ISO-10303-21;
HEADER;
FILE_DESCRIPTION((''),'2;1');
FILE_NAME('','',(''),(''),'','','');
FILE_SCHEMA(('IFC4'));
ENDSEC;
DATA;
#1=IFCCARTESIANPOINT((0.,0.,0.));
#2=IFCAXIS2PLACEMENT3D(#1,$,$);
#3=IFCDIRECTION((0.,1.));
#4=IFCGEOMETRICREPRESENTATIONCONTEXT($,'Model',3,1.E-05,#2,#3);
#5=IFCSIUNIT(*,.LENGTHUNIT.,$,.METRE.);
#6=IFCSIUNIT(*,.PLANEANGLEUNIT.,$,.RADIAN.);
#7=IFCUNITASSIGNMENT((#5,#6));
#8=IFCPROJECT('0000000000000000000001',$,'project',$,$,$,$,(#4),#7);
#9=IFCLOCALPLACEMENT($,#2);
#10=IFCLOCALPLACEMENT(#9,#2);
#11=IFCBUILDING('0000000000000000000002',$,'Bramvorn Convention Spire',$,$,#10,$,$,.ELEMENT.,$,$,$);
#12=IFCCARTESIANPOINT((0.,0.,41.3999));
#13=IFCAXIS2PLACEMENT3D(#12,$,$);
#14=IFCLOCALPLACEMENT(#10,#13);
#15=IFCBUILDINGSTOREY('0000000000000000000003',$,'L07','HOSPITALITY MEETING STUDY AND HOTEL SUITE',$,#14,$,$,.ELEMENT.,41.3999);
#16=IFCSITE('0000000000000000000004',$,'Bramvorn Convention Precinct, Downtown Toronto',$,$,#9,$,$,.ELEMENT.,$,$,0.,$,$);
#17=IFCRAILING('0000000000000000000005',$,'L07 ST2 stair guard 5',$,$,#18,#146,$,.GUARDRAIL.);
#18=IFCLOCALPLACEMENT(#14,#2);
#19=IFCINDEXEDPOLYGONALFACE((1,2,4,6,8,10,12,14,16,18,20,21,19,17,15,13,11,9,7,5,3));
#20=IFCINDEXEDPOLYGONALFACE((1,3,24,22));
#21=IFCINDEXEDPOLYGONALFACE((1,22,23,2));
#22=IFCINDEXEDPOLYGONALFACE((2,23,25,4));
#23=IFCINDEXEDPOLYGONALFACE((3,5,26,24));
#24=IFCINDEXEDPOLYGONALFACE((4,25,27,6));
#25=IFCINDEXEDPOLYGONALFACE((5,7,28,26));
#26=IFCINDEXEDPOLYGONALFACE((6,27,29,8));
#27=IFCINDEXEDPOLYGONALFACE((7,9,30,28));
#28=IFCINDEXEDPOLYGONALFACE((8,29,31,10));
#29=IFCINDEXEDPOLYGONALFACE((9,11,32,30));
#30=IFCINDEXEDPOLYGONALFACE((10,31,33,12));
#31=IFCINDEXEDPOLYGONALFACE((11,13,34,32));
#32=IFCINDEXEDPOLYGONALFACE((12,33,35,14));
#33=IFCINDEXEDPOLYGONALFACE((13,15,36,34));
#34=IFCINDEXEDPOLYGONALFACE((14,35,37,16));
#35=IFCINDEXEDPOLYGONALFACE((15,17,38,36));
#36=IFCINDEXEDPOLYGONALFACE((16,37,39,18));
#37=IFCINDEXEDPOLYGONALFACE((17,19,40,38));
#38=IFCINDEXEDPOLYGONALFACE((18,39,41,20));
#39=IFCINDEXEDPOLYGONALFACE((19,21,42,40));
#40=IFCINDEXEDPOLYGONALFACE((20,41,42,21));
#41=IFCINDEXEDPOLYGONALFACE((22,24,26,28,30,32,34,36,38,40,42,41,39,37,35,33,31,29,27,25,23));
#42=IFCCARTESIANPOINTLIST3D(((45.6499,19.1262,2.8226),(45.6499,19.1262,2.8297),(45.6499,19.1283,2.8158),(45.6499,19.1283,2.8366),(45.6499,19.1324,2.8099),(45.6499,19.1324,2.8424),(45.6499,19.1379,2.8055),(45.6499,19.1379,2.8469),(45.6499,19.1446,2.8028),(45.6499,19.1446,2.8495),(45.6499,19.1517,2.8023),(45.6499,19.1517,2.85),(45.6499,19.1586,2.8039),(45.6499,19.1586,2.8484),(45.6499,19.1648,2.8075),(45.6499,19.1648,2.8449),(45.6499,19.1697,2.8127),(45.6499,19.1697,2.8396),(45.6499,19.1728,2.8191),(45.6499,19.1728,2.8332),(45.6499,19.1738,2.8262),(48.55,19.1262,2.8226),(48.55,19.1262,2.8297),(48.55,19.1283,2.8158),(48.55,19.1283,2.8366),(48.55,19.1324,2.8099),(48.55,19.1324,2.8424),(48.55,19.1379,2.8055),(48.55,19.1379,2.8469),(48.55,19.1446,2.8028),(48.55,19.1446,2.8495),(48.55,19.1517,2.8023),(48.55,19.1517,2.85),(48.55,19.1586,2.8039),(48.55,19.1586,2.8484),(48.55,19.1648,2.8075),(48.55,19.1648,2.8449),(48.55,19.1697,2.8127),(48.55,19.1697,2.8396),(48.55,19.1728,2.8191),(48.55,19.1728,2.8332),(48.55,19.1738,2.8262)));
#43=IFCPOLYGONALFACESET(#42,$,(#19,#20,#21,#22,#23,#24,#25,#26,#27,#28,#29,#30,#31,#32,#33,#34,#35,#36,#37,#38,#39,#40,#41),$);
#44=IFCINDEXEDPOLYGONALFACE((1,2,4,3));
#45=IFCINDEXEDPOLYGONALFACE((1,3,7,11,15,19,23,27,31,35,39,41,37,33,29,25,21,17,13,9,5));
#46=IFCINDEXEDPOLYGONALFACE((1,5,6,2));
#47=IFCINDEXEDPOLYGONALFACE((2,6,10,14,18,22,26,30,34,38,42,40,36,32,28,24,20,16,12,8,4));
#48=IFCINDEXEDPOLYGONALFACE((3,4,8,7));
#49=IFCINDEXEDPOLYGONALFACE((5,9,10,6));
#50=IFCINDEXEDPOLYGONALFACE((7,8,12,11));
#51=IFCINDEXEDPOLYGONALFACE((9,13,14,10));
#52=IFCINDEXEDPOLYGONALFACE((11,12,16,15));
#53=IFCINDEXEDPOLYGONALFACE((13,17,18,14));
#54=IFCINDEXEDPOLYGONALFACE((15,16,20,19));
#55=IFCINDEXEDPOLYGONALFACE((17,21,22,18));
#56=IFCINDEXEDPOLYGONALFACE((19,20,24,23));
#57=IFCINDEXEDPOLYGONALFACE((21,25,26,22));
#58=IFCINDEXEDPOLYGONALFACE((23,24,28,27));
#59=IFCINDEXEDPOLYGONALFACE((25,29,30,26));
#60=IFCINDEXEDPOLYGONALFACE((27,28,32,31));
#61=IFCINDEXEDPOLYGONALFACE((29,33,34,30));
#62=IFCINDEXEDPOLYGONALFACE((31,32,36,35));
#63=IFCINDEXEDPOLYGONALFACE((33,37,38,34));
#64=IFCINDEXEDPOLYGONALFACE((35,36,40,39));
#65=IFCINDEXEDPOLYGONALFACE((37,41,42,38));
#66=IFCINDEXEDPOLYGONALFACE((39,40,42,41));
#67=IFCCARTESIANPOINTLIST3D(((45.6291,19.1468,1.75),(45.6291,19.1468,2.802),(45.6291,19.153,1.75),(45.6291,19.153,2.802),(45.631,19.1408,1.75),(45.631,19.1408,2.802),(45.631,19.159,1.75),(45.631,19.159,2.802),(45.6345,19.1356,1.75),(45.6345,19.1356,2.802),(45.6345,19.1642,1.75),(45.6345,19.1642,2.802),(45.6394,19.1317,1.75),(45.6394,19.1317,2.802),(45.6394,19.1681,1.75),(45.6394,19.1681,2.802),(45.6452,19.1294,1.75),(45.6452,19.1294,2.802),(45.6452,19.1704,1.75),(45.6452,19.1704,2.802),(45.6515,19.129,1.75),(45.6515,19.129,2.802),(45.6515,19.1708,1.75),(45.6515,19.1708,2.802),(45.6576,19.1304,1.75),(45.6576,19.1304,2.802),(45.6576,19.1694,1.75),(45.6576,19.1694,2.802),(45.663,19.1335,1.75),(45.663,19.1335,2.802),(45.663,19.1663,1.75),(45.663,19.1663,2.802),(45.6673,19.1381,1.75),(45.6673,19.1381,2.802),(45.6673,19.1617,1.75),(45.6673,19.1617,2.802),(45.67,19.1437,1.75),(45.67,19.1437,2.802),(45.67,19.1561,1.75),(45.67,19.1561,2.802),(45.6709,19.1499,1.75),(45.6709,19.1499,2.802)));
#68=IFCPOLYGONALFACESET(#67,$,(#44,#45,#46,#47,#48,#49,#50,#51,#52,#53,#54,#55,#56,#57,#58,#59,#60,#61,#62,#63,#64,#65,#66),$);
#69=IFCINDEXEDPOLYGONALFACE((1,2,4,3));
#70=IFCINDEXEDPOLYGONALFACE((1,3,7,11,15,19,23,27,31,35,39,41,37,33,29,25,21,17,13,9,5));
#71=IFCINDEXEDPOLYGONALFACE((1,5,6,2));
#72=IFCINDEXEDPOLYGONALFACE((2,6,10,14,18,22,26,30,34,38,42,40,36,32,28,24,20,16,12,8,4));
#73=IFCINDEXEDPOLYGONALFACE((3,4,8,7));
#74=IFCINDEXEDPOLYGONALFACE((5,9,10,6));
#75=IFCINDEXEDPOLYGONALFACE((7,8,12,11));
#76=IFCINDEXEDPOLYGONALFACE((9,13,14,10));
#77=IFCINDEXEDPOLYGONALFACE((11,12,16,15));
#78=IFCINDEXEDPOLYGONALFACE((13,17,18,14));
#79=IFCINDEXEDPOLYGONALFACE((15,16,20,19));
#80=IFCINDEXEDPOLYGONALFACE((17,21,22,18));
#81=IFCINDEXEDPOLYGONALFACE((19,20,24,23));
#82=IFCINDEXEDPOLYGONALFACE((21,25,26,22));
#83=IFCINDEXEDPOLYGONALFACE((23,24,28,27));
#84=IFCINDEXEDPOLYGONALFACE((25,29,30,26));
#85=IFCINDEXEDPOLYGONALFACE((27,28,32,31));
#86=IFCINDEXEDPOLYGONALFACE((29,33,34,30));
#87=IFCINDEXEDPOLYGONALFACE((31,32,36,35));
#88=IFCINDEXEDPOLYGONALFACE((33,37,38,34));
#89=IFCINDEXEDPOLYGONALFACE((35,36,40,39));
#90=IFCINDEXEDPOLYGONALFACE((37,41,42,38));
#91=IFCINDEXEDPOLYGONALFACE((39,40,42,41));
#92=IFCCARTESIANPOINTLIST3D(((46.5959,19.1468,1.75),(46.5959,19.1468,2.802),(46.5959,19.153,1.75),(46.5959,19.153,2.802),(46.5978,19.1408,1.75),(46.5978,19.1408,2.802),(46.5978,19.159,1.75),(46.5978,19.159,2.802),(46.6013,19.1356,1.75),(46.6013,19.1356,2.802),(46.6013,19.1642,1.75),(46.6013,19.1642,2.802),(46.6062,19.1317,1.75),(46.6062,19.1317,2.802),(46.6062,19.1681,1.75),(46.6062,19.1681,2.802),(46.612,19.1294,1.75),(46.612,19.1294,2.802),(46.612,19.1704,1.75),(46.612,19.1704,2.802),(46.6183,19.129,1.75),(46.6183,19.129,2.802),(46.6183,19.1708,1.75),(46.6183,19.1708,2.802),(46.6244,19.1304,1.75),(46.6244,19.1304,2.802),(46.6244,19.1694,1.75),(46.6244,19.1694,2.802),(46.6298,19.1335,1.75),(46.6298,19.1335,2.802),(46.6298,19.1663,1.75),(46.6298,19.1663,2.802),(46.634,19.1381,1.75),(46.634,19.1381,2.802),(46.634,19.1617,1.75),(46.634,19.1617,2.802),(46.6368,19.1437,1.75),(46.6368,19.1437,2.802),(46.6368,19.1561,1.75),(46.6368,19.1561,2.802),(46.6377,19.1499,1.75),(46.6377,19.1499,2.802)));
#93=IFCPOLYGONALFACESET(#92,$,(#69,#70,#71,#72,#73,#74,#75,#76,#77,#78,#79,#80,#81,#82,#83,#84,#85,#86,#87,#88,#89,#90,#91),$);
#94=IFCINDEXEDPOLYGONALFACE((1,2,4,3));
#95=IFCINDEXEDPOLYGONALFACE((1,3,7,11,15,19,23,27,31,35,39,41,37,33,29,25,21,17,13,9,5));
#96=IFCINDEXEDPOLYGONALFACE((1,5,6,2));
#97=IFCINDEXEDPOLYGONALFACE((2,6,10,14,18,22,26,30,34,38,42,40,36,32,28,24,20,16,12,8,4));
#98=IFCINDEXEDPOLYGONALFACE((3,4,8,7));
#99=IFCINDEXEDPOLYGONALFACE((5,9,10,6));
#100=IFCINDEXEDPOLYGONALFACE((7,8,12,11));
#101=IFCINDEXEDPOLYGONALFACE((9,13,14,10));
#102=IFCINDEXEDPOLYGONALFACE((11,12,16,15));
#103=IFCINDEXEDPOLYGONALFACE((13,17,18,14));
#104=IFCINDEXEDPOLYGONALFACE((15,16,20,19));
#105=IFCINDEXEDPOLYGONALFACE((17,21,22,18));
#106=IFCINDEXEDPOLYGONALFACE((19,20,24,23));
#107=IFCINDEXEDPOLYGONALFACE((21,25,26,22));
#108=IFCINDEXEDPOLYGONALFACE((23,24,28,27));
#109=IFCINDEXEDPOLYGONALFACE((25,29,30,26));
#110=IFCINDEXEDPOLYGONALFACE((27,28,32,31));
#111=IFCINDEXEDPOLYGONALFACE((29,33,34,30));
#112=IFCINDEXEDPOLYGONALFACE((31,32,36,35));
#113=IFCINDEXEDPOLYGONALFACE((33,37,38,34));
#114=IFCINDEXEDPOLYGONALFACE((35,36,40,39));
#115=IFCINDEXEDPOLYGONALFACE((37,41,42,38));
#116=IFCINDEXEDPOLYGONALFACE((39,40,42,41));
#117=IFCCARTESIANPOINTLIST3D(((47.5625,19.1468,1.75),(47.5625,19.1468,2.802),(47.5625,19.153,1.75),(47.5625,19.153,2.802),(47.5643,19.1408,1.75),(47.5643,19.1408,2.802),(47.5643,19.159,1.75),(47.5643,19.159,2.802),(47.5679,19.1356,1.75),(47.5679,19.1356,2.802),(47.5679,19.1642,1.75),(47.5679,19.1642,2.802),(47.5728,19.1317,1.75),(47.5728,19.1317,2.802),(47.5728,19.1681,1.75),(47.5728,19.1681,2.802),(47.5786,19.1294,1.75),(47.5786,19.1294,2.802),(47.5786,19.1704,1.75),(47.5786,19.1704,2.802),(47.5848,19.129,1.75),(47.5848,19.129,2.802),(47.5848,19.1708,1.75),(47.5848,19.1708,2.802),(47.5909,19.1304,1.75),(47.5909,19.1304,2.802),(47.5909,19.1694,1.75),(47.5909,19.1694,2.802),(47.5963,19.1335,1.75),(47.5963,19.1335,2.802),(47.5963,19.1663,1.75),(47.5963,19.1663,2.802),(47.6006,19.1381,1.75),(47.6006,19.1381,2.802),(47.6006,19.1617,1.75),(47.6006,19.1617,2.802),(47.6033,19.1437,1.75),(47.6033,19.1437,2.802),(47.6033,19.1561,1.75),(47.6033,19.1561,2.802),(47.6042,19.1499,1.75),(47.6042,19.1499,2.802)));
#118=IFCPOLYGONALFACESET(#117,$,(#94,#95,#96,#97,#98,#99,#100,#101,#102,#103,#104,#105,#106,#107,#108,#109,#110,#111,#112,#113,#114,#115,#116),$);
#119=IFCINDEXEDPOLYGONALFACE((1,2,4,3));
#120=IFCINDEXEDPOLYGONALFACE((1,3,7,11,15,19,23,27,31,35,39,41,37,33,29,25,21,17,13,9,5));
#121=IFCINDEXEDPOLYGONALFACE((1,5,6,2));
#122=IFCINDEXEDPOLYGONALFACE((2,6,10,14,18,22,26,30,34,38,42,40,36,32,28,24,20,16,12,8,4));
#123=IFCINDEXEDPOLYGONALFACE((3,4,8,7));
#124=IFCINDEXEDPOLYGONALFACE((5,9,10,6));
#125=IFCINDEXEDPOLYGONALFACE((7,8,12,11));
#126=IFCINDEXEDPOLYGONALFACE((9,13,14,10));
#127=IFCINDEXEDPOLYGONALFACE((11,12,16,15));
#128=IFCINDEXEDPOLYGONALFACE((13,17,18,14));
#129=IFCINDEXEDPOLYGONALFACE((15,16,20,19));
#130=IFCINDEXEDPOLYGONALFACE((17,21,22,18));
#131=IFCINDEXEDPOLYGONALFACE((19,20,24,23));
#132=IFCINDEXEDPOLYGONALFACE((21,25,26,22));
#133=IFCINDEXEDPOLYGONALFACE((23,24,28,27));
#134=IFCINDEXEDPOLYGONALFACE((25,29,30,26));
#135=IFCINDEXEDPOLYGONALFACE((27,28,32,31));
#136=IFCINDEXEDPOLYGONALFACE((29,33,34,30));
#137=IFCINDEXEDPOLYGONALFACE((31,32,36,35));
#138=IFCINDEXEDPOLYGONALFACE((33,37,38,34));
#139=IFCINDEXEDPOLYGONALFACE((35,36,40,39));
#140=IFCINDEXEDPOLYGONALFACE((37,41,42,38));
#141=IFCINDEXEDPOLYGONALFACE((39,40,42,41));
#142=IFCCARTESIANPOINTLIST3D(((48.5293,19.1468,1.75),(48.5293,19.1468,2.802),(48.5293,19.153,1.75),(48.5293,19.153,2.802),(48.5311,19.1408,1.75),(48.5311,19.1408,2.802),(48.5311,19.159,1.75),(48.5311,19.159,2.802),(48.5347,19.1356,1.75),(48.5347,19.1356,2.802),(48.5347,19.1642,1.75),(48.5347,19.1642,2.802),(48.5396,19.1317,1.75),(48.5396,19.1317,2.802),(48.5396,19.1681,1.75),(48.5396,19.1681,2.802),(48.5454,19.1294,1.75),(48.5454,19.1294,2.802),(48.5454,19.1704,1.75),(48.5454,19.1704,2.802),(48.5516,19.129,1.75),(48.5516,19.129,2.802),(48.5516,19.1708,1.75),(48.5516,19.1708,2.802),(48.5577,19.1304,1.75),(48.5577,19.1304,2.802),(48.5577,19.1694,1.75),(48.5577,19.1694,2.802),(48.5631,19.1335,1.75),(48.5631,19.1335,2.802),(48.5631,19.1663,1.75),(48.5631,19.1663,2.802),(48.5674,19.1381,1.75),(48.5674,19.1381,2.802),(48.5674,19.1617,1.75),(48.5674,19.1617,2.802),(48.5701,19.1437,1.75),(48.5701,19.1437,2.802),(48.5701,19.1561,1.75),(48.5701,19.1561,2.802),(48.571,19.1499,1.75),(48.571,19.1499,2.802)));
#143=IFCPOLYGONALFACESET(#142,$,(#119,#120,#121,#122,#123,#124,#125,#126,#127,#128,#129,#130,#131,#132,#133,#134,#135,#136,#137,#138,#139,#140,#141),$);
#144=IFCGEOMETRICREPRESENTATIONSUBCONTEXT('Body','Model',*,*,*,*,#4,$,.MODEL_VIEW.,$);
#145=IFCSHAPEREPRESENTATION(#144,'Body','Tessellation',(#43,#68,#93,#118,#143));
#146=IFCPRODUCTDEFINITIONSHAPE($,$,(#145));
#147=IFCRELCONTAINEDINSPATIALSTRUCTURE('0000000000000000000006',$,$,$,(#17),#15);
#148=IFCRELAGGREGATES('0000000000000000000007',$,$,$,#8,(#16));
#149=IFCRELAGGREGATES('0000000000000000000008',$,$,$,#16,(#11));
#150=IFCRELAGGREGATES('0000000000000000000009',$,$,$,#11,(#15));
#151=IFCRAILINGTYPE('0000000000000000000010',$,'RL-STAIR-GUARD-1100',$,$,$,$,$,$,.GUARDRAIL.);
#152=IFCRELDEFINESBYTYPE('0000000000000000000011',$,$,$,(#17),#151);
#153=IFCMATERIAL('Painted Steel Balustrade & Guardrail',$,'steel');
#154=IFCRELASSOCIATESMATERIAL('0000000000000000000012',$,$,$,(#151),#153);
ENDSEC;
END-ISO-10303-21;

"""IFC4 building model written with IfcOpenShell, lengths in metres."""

from ifc_helpers import new_model, si_unit, direction, frame, origin, origin_2d, place, context, subcontext, project, spatial, circle, extrude, material, type_object, element, save


model = new_model("IFC4")

# Units and contexts
model_context = context("Model", 3, precision=1e-05, world=origin(), true_north=direction((0.0, 1.0)))
body_context = subcontext(model_context, "Body", "Model", "MODEL_VIEW")
ifc_project = project(units=[si_unit("LENGTHUNIT", "METRE"), si_unit("PLANEANGLEUNIT", "RADIAN")], contexts=[model_context])

# Site, building, storey
site_placement = place(None, origin())
site = spatial("IfcSite", under=ifc_project, at=site_placement, Name="Bramvorn Convention Precinct, Downtown Toronto", CompositionType="ELEMENT", RefElevation=0.0)
building_placement = place(site_placement, origin())
building = spatial("IfcBuilding", under=site, at=building_placement, Name="Bramvorn Convention Spire", CompositionType="ELEMENT")
storey_placement = place(building_placement, frame((0.0, 0.0, 41.3999)))
storey = spatial("IfcBuildingStorey", under=building, at=storey_placement, Name="L07", Description="HOSPITALITY MEETING STUDY AND HOTEL SUITE", CompositionType="ELEMENT", Elevation=41.3999)

# Railing
ifc_material_1 = material(Name="Painted Steel Balustrade & Guardrail", Category="steel")
railing_type_1 = type_object("IfcRailingType", Name="RL-STAIR-GUARD-1100", PredefinedType="GUARDRAIL", material=ifc_material_1)
railing_1_placement = place(storey_placement, frame((45.6499, 19.1499, 1.75)))
element("IfcRailing", 1, at=railing_1_placement, inside=storey, type_object=railing_type_1, Name="L07 ST2 stair guard 5", PredefinedType="GUARDRAIL", context=body_context, shape_type="SweptSolid", body=[
    extrude(circle(Radius=0.0239, at=origin_2d()), frame((0.0, 0.0, 1.0762), z_axis=(1.0, 0.0, 0.0), x_axis=(0.0, 1.0, 0.0)), (0.0, 0.0, 1.0), 2.9001),
    extrude(circle(Radius=0.021, at=origin_2d()), origin(), (0.0, 0.0, 1.0), 1.052),
    extrude(circle(Radius=0.021, at=origin_2d()), frame((0.9668, 0.0, 0.0)), (0.0, 0.0, 1.0), 1.052),
    extrude(circle(Radius=0.021, at=origin_2d()), frame((1.9333, 0.0, 0.0)), (0.0, 0.0, 1.0), 1.052),
    extrude(circle(Radius=0.021, at=origin_2d()), frame((2.9001, 0.0, 0.0)), (0.0, 0.0, 1.0), 1.052),
])

save(model, "model.ifc")
